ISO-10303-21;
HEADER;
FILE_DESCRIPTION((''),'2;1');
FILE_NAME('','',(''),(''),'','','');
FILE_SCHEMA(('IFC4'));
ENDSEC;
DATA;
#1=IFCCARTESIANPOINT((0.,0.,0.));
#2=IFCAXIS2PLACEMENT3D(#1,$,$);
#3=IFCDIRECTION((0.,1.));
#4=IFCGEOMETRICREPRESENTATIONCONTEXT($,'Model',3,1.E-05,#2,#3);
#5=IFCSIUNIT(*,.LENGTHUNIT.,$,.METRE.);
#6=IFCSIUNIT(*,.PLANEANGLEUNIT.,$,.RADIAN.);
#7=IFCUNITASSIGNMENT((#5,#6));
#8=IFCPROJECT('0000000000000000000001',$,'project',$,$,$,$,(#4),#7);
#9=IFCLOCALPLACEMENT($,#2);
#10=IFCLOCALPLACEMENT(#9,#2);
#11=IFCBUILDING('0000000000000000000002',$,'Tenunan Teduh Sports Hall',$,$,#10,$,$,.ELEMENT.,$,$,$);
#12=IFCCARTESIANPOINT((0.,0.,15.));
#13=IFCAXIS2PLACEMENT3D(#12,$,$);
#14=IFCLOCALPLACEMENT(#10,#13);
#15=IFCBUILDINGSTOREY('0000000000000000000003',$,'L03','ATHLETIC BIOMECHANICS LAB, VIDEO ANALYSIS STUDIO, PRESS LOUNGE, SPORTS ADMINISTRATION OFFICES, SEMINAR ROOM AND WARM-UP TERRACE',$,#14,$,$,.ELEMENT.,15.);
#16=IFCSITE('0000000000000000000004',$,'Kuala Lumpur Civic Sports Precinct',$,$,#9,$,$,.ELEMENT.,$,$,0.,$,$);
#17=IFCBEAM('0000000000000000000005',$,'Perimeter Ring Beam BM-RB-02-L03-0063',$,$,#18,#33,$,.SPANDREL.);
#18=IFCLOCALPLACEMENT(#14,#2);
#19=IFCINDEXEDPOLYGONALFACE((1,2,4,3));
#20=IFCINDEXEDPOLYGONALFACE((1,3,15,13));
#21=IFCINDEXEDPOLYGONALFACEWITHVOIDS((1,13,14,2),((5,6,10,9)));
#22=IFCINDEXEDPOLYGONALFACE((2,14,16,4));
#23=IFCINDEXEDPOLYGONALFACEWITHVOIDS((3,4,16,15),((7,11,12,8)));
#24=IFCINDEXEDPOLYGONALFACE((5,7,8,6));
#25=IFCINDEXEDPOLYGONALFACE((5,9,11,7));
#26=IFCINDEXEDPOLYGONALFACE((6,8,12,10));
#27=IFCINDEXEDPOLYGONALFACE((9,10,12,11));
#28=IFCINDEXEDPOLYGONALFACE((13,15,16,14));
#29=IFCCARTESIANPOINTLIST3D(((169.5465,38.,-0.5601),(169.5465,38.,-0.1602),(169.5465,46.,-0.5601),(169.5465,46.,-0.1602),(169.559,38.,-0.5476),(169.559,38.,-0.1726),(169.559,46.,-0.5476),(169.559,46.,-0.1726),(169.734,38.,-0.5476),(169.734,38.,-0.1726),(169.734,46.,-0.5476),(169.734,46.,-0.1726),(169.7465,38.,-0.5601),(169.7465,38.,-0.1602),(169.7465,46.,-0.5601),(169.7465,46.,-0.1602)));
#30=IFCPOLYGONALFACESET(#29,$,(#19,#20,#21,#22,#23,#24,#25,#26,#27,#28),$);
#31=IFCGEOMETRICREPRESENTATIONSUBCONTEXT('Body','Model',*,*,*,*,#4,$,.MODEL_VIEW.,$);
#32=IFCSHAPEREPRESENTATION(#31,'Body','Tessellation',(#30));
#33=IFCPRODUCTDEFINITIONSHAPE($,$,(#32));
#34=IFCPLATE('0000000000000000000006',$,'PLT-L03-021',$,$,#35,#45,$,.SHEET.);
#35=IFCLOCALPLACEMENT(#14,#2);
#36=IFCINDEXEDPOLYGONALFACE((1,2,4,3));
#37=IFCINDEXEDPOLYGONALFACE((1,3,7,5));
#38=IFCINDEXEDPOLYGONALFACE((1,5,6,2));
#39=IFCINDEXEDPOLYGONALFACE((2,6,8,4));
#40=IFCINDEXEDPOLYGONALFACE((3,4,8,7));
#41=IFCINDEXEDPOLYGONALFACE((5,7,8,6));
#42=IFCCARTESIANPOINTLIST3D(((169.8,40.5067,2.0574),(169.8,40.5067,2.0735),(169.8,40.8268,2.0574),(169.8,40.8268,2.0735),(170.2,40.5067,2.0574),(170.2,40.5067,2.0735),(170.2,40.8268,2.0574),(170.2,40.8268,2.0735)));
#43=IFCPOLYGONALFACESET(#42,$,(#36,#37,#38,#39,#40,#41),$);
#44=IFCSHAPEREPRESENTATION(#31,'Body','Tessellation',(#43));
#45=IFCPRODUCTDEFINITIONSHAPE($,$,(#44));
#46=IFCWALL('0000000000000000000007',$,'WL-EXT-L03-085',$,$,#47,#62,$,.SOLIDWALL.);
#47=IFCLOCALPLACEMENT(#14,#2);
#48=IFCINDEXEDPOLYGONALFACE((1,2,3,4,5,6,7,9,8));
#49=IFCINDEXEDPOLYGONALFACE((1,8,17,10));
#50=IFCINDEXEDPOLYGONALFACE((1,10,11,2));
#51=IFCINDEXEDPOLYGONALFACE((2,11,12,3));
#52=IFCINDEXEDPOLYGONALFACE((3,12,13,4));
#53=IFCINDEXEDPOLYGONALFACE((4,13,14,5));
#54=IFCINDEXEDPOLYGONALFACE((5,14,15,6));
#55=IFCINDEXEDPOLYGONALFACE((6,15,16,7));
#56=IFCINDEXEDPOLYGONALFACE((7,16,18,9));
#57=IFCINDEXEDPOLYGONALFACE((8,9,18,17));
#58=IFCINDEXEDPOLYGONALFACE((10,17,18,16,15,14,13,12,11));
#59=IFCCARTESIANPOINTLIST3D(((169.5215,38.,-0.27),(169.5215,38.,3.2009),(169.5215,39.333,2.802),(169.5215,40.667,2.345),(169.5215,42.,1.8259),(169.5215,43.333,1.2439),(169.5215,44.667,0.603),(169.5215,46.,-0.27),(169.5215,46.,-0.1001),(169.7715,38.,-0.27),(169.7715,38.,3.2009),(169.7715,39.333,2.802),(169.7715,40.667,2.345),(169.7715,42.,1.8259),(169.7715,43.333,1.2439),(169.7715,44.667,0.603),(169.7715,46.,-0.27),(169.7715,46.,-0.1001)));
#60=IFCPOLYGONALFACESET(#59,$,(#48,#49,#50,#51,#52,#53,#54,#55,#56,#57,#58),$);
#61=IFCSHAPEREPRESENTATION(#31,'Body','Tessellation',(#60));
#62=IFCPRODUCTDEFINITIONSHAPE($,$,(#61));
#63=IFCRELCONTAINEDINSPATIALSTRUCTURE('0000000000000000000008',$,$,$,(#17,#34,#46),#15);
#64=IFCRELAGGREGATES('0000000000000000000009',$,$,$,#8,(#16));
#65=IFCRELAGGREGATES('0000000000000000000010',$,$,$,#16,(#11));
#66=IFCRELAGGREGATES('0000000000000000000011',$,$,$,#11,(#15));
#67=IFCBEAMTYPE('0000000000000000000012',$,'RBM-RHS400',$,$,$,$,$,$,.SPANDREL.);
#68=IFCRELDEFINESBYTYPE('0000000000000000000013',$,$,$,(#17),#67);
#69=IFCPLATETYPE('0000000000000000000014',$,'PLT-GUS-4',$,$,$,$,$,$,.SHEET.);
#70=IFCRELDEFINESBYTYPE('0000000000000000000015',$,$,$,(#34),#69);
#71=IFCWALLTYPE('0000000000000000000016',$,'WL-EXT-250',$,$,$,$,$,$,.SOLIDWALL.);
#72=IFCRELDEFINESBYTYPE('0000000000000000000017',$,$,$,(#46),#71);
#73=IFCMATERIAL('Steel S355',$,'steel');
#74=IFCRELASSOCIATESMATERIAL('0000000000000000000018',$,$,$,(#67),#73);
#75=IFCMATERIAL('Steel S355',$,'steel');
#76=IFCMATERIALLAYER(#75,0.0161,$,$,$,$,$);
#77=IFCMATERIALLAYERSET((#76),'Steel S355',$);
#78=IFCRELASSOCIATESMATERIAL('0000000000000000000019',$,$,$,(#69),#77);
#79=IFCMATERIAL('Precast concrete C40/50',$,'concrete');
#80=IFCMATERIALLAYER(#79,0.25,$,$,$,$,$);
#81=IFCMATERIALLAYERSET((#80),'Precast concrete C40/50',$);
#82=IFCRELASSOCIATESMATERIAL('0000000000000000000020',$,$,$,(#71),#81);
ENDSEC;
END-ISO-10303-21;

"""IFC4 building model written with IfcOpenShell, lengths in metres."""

from ifc_helpers import new_model, si_unit, direction, frame, origin, origin_2d, place, context, subcontext, project, spatial, polyline, rectangle, hollow_rectangle, outline, extrude, material, layer, layer_set, material_profile, profile_set, type_object, element, save


model = new_model("IFC4")

# Units and contexts
model_context = context("Model", 3, precision=1e-05, world=origin(), true_north=direction((0.0, 1.0)))
body_context = subcontext(model_context, "Body", "Model", "MODEL_VIEW")
ifc_project = project(units=[si_unit("LENGTHUNIT", "METRE"), si_unit("PLANEANGLEUNIT", "RADIAN")], contexts=[model_context])

# Site, building, storey
site_placement = place(None, origin())
site = spatial("IfcSite", under=ifc_project, at=site_placement, Name="Kuala Lumpur Civic Sports Precinct", CompositionType="ELEMENT", RefElevation=0.0)
building_placement = place(site_placement, origin())
building = spatial("IfcBuilding", under=site, at=building_placement, Name="Tenunan Teduh Sports Hall", CompositionType="ELEMENT")
storey_placement = place(building_placement, frame((0.0, 0.0, 15.0)))
storey = spatial("IfcBuildingStorey", under=building, at=storey_placement, Name="L03", Description="ATHLETIC BIOMECHANICS LAB, VIDEO ANALYSIS STUDIO, PRESS LOUNGE, SPORTS ADMINISTRATION OFFICES, SEMINAR ROOM AND WARM-UP TERRACE", CompositionType="ELEMENT", Elevation=15.0)

# Beam
ifc_material_1 = material(Name="Steel S355", Category="steel")
ifc_material_profile_1 = material_profile(ifc_material_1, hollow_rectangle(XDim=0.2, YDim=0.3999, WallThickness=0.0125, at=origin_2d()), Name="RHS 400x200x12.5")
ifc_profile_set_1 = profile_set([ifc_material_profile_1], Name="Steel S355")
beam_type_1 = type_object("IfcBeamType", Name="RBM-RHS400", PredefinedType="SPANDREL", material=ifc_profile_set_1)
beam_1_placement = place(storey_placement, frame((169.6465, 38.0, -0.3601), z_axis=(0.0, 1.0, 0.0), x_axis=(-1.0, 0.0, 0.0)))
element("IfcBeam", 1, at=beam_1_placement, inside=storey, type_object=beam_type_1, Name="Perimeter Ring Beam BM-RB-02-L03-0063", PredefinedType="SPANDREL", context=body_context, shape_type="SweptSolid", body=[
    extrude(hollow_rectangle(XDim=0.2, YDim=0.3999, WallThickness=0.0125, at=origin_2d()), origin(), (0.0, 0.0, 1.0), 8.0),
])

# Plate
ifc_material_2 = material(Name="Steel S355", Category="steel")
ifc_layer_1 = layer(ifc_material_2, 0.0161)
ifc_layer_set_1 = layer_set([ifc_layer_1], Name="Steel S355")
plate_type = type_object("IfcPlateType", Name="PLT-GUS-4", PredefinedType="SHEET", material=ifc_layer_set_1)
plate_placement = place(storey_placement, frame((170.0, 40.6667, 2.0574), z_axis=(0.0, 0.0, 1.0), x_axis=(1.0, 0.0, 0.0)))
element("IfcPlate", 2, at=plate_placement, inside=storey, type_object=plate_type, Name="PLT-L03-021", PredefinedType="SHEET", context=body_context, shape_type="SweptSolid", body=[
    extrude(rectangle(XDim=0.3999, YDim=0.3201, at=origin_2d()), origin(), (0.0, 0.0, 1.0), 0.0161),
])

# Wall
ifc_material_3 = material(Name="Precast concrete C40/50", Category="concrete")
ifc_layer_2 = layer(ifc_material_3, 0.25)
ifc_layer_set_2 = layer_set([ifc_layer_2], Name="Precast concrete C40/50")
wall_type = type_object("IfcWallType", Name="WL-EXT-250", PredefinedType="SOLIDWALL", material=ifc_layer_set_2)
wall_placement = place(storey_placement, frame((169.6465, 38.0, -0.27), z_axis=(0.0, 0.0, 1.0), x_axis=(0.0, 1.0, 0.0)))
element("IfcWall", 3, at=wall_placement, inside=storey, type_object=wall_type, Name="WL-EXT-L03-085", PredefinedType="SOLIDWALL", context=body_context, shape_type="SweptSolid", body=[
    extrude(outline(polyline([(0.0, 0.0), (8.0, 0.0), (8.0, 0.1699), (6.667, 0.873), (5.333, 1.5139), (4.0, 2.0959), (2.667, 2.615), (1.333, 3.072), (0.0, 3.4709), (0.0, 0.0)])), frame((0.0, 0.125, 0.0), z_axis=(0.0, -1.0, 0.0), x_axis=(1.0, 0.0, 0.0)), (0.0, 0.0, 1.0), 0.25),
])

save(model, "model.ifc")
